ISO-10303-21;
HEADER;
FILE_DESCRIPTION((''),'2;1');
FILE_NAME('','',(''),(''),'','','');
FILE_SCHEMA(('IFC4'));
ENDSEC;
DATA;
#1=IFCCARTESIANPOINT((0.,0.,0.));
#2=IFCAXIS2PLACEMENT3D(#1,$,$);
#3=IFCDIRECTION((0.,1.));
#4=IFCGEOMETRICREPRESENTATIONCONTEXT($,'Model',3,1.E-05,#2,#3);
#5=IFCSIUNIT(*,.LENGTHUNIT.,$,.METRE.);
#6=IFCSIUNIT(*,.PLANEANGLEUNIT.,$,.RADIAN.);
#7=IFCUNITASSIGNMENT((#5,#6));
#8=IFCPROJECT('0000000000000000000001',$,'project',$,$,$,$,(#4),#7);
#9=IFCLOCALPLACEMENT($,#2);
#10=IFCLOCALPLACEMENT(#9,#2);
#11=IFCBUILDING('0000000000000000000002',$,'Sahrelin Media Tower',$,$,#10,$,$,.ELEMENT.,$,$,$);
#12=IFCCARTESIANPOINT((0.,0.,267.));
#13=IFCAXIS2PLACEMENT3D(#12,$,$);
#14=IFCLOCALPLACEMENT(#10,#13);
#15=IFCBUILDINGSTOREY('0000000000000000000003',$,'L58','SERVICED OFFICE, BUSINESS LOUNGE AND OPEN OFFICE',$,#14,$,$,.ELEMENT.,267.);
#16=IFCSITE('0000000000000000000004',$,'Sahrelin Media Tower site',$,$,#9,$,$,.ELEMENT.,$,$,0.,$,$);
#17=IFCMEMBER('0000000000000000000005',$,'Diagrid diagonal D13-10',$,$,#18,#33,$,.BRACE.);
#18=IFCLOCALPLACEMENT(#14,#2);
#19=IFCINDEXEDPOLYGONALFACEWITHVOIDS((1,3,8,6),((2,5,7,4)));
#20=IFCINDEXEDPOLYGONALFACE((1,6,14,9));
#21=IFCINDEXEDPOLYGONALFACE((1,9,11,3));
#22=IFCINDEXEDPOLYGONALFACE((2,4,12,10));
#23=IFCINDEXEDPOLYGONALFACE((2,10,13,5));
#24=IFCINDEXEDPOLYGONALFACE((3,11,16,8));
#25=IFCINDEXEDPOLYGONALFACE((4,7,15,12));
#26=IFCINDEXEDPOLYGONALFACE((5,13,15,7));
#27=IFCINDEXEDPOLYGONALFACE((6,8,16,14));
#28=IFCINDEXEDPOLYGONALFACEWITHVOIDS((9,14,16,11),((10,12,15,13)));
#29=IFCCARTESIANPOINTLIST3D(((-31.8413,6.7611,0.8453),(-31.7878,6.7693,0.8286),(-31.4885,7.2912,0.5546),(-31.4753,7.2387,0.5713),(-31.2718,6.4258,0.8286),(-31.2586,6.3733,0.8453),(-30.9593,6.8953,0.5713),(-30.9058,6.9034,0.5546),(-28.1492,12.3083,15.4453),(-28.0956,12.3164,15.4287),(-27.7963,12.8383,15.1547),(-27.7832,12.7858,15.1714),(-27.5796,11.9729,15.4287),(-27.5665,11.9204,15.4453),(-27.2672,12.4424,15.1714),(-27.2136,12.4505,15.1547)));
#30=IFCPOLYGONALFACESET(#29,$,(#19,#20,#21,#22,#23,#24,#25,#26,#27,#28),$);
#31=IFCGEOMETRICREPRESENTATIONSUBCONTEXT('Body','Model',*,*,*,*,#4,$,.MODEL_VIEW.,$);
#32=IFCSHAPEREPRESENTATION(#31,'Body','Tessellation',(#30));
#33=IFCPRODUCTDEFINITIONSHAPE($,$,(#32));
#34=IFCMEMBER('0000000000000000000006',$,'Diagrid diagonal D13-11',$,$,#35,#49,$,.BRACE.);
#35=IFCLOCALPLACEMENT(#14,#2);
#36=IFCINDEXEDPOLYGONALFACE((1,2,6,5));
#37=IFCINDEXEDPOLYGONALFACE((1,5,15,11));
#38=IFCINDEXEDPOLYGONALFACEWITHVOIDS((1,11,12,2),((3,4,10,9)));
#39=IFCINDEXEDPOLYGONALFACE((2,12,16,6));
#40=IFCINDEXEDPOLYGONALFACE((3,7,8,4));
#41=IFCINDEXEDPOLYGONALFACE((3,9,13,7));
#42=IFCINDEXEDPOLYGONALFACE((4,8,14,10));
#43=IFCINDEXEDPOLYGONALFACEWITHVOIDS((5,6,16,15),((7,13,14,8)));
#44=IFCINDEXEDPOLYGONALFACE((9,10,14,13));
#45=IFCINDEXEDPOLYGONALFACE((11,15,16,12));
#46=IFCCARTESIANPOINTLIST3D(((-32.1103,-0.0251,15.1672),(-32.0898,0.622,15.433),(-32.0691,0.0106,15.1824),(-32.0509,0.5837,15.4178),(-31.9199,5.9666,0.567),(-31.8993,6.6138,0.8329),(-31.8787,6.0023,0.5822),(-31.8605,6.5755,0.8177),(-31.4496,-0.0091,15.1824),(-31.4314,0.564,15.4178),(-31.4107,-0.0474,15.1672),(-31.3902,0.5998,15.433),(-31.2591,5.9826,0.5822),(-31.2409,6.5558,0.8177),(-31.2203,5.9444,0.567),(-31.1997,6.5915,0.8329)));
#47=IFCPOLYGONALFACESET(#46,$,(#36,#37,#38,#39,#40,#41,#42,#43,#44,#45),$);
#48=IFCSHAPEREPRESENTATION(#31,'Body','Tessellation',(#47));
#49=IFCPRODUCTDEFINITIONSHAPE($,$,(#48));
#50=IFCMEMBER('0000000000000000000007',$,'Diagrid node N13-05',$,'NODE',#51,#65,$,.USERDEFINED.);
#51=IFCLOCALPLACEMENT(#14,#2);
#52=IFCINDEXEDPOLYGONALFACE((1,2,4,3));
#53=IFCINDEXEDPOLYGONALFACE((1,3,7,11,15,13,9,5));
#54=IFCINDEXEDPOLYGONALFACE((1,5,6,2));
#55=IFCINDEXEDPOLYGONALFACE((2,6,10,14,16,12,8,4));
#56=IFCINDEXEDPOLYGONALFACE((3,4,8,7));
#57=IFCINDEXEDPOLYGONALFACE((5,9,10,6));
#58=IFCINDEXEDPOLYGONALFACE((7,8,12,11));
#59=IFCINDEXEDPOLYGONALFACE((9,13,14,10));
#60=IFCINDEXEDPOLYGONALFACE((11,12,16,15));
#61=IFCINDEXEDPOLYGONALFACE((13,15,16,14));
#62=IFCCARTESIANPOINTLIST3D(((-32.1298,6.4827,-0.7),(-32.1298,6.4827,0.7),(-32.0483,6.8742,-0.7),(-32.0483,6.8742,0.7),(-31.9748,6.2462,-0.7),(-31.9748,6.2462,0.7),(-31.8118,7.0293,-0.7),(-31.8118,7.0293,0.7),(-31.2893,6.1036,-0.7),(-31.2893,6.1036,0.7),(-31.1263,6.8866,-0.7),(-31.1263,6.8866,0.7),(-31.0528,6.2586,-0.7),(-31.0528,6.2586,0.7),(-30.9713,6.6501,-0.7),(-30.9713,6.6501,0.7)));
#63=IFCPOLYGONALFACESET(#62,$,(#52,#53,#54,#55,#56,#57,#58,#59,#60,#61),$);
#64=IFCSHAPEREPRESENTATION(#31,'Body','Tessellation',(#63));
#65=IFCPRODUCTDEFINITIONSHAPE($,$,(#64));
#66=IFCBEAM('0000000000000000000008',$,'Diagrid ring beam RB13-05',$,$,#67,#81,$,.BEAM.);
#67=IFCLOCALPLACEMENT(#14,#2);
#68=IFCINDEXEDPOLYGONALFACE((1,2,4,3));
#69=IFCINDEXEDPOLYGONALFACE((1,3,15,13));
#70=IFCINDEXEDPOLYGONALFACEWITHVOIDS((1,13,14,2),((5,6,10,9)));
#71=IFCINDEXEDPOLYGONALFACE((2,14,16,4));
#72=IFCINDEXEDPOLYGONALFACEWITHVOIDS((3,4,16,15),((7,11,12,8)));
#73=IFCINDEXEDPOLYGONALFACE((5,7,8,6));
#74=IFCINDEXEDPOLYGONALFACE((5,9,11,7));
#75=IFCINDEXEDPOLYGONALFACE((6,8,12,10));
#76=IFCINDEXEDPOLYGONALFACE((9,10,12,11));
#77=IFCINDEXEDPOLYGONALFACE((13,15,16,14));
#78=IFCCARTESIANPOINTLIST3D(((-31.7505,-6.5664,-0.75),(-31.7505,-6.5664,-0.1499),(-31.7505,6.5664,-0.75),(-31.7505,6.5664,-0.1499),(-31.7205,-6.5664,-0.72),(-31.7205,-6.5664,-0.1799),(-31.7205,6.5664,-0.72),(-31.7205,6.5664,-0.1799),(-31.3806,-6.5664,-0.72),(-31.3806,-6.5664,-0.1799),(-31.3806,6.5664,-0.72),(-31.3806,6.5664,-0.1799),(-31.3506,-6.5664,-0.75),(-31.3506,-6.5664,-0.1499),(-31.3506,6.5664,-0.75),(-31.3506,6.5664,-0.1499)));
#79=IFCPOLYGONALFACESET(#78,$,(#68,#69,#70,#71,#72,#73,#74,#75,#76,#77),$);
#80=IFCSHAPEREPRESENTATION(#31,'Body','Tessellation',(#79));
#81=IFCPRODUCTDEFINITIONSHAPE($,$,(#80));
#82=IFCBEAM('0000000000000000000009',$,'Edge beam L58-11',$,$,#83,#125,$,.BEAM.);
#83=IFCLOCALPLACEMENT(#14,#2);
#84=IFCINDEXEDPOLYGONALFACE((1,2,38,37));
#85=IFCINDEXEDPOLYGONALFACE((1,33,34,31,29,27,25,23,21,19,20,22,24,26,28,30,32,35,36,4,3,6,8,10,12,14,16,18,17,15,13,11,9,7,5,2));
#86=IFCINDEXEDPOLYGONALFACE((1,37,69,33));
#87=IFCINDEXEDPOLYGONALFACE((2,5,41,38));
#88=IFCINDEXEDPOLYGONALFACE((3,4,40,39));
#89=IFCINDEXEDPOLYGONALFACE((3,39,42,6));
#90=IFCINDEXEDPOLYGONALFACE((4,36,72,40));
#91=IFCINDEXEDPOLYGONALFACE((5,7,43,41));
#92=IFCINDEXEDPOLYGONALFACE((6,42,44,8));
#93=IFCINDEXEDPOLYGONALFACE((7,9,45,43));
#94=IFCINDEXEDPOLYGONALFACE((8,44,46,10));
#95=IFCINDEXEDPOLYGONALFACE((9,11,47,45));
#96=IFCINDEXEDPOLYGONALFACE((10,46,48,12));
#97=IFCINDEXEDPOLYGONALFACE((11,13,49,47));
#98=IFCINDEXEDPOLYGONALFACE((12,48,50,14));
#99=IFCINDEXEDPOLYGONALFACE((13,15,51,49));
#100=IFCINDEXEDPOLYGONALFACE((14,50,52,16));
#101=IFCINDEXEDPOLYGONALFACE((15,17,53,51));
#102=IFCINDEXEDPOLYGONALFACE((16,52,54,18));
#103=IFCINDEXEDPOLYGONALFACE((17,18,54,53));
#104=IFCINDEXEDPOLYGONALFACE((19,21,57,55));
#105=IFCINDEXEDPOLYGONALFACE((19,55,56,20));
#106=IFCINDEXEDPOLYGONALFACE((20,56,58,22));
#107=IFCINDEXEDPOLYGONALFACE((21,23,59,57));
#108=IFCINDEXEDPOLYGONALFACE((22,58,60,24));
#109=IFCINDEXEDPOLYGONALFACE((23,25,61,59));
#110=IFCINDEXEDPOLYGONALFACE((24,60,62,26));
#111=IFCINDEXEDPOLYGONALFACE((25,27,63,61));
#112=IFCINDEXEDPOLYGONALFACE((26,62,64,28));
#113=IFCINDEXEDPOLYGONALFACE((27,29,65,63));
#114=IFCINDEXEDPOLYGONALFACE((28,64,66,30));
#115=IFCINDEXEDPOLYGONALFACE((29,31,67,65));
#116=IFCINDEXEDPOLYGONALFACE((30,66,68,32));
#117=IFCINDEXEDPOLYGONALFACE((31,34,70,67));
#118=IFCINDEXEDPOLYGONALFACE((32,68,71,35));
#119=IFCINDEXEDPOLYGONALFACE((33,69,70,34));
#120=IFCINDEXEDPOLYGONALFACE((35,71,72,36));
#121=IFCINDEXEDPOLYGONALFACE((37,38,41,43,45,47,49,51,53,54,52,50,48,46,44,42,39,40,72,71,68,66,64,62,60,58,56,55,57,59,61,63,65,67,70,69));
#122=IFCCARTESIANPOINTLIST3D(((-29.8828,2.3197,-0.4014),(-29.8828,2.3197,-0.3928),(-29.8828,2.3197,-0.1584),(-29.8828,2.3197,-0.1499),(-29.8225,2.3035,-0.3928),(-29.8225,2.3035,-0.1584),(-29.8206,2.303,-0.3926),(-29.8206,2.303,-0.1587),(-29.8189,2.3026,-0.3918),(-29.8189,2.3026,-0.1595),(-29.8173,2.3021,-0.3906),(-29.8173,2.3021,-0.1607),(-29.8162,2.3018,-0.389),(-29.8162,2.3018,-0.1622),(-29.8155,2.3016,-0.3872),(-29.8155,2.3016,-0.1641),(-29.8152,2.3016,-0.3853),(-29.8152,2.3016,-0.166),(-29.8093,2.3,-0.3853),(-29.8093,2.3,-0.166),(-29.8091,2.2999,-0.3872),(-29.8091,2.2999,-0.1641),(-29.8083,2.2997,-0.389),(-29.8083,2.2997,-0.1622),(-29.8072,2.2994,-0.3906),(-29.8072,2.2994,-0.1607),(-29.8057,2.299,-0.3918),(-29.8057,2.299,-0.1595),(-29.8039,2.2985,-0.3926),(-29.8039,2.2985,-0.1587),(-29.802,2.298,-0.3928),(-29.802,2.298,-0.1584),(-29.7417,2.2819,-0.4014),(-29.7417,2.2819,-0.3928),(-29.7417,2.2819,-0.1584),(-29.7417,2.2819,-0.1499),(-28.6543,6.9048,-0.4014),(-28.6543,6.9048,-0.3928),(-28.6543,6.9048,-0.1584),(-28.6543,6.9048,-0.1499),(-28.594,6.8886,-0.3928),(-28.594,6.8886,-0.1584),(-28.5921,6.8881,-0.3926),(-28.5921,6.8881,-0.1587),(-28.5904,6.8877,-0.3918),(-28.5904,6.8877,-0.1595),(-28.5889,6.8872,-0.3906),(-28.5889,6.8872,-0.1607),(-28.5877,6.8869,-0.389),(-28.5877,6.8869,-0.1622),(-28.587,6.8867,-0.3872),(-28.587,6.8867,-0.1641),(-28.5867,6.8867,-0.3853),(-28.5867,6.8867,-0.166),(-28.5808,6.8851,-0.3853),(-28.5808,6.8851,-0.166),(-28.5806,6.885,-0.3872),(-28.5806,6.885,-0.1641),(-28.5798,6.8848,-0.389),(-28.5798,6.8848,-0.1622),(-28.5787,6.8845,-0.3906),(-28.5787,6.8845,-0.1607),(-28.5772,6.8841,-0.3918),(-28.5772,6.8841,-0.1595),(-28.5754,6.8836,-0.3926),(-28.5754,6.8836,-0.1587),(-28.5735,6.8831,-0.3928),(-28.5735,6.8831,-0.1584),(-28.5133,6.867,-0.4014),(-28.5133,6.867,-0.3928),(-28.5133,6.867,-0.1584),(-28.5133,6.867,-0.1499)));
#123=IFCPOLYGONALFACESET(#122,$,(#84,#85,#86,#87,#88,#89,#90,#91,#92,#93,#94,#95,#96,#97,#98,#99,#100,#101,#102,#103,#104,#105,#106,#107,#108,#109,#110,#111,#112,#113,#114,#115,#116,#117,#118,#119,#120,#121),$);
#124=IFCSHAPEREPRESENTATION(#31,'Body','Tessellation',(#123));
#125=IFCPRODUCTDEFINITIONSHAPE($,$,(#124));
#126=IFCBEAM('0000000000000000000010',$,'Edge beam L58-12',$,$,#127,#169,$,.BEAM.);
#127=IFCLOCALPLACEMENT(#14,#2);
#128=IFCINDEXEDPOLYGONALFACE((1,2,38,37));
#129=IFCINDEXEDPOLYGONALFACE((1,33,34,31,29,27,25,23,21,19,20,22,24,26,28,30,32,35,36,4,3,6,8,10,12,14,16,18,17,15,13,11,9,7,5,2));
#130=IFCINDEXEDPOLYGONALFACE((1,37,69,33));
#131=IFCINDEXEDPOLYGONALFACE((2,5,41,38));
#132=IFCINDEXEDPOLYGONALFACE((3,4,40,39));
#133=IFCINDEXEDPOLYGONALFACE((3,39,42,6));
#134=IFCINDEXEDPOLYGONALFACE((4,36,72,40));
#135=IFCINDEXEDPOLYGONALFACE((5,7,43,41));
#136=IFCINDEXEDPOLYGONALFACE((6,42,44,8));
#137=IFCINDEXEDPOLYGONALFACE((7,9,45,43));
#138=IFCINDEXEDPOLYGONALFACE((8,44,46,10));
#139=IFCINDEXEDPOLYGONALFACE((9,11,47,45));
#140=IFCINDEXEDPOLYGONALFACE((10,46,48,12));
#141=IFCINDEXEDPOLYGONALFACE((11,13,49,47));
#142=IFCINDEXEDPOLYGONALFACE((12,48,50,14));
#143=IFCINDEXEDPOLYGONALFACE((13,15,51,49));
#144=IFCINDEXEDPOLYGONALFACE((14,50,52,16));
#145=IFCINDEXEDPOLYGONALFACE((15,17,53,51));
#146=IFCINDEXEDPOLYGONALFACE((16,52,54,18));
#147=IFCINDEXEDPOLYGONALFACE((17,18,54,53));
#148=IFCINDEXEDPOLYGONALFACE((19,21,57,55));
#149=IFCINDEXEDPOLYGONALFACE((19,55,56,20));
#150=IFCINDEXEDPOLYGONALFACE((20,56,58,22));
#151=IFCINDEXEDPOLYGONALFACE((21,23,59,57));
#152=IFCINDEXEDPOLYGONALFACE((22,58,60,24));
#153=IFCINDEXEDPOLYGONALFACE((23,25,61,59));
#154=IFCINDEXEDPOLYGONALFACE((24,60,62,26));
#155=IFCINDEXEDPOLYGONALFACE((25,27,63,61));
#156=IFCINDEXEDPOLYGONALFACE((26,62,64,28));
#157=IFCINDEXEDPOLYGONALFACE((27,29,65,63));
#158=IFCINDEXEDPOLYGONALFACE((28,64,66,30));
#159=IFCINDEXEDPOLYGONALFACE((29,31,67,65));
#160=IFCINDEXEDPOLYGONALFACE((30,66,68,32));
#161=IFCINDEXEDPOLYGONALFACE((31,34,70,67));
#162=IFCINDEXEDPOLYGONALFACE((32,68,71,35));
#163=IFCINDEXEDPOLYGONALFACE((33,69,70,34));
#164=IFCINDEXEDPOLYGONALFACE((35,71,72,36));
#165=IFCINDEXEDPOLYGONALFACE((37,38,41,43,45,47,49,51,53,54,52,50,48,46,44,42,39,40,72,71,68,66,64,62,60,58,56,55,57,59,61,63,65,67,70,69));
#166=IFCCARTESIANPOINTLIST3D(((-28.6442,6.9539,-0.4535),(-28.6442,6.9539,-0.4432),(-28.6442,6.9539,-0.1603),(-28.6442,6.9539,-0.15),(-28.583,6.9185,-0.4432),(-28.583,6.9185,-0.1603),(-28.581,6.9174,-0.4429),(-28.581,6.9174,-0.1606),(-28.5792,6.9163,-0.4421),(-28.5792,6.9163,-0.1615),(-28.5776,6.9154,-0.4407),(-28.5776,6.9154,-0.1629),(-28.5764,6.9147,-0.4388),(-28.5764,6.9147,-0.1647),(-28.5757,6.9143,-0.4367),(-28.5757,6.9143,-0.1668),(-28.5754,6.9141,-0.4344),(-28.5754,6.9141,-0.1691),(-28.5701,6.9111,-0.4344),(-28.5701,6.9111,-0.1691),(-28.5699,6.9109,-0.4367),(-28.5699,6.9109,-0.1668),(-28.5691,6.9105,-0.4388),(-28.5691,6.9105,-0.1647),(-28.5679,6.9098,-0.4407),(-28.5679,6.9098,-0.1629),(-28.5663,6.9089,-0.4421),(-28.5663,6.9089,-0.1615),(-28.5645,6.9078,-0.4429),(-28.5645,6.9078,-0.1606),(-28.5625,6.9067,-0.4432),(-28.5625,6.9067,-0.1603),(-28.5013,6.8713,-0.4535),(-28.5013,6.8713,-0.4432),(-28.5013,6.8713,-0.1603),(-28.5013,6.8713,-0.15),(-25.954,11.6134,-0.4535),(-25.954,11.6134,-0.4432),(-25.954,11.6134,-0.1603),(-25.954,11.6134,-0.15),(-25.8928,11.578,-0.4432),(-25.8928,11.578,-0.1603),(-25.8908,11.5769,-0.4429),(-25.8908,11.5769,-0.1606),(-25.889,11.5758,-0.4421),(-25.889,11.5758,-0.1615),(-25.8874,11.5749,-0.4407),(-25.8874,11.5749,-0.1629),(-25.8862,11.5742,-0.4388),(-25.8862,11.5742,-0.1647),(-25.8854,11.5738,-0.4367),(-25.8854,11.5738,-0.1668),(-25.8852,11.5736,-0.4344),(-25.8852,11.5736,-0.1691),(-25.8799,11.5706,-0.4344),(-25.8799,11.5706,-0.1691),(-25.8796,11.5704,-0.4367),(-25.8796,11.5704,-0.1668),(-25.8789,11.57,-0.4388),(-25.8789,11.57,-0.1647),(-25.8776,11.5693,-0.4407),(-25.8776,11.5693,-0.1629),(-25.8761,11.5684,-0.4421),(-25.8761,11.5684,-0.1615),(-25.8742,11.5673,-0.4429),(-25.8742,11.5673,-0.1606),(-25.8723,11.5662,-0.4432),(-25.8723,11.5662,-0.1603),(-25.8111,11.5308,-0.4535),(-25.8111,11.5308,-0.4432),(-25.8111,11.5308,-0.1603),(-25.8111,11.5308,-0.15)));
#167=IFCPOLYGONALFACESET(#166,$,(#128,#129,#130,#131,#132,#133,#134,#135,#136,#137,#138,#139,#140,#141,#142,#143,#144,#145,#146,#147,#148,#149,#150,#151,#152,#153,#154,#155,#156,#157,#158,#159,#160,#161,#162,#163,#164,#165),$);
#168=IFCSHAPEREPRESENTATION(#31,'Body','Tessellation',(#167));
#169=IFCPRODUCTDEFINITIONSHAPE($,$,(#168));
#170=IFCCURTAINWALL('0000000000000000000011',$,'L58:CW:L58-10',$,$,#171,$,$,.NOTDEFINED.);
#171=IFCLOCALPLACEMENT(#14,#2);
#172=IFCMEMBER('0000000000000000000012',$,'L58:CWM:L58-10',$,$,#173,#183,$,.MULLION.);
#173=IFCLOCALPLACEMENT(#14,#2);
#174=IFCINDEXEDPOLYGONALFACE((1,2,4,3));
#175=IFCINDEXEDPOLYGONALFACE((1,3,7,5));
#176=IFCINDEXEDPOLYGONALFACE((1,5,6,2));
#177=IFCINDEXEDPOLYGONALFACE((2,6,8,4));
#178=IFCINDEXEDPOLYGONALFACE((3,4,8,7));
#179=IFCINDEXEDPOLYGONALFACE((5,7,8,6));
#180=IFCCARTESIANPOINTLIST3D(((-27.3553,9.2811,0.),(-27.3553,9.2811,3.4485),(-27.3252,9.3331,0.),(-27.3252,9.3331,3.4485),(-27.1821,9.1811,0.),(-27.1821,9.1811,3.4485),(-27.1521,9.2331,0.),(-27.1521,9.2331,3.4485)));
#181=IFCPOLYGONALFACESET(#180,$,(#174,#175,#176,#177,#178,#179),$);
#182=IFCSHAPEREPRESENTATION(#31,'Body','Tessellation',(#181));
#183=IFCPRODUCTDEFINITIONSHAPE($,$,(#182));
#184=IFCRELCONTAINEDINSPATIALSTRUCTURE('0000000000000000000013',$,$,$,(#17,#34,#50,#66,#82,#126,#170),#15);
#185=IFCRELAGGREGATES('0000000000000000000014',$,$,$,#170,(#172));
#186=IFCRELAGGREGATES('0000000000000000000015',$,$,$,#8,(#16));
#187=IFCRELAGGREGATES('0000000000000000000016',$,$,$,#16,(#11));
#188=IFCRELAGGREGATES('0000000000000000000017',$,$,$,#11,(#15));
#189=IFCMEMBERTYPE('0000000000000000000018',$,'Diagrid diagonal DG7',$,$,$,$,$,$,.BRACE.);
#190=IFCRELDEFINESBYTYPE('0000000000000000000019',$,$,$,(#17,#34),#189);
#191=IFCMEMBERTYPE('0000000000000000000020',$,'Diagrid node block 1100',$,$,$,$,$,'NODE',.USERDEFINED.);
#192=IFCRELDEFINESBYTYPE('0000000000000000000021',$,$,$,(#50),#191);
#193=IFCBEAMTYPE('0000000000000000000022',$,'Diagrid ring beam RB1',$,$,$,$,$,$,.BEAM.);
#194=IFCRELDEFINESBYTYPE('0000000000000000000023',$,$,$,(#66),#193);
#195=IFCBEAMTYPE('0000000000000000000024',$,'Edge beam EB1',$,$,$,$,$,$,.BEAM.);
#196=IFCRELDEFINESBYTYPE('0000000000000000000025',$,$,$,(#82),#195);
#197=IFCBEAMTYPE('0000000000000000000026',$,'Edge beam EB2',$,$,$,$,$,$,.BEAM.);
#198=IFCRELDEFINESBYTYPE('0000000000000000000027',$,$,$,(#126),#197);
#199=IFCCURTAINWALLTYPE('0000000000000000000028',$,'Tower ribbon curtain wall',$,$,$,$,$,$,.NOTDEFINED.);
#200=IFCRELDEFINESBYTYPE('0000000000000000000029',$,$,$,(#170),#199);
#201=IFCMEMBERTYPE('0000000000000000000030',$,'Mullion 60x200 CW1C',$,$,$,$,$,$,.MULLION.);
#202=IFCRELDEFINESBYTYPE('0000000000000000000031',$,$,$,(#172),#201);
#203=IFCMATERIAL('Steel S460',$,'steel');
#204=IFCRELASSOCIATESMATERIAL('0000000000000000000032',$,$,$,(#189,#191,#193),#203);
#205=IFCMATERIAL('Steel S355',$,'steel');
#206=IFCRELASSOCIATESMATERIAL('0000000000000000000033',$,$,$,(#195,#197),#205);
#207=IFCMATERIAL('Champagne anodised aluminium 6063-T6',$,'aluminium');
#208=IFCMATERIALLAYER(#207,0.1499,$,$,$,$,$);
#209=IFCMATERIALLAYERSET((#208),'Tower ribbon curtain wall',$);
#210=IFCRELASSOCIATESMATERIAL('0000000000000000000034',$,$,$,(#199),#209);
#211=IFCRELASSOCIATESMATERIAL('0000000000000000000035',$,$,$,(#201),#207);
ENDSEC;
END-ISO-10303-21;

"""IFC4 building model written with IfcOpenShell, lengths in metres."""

from ifc_helpers import new_model, si_unit, direction, frame, origin, origin_2d, place, context, subcontext, project, spatial, polyline, rectangle, hollow_rectangle, i_section, outline, extrude, material, layer, layer_set, material_profile, profile_set, type_object, element, aggregate, save


model = new_model("IFC4")

# Units and contexts
model_context = context("Model", 3, precision=1e-05, world=origin(), true_north=direction((0.0, 1.0)))
body_context = subcontext(model_context, "Body", "Model", "MODEL_VIEW")
ifc_project = project(units=[si_unit("LENGTHUNIT", "METRE"), si_unit("PLANEANGLEUNIT", "RADIAN")], contexts=[model_context])

# Site, building, storey
site_placement = place(None, origin())
site = spatial("IfcSite", under=ifc_project, at=site_placement, Name="Sahrelin Media Tower site", CompositionType="ELEMENT", RefElevation=0.0)
building_placement = place(site_placement, origin())
building = spatial("IfcBuilding", under=site, at=building_placement, Name="Sahrelin Media Tower", CompositionType="ELEMENT")
storey_placement = place(building_placement, frame((0.0, 0.0, 267.0)))
storey = spatial("IfcBuildingStorey", under=building, at=storey_placement, Name="L58", Description="SERVICED OFFICE, BUSINESS LOUNGE AND OPEN OFFICE", CompositionType="ELEMENT", Elevation=267.0)

# Members
ifc_material_1 = material(Name="Steel S460", Category="steel")
ifc_material_profile_1 = material_profile(ifc_material_1, hollow_rectangle(XDim=0.7, YDim=0.7, WallThickness=0.04, at=origin_2d()), Name="Diagrid diagonal DG7")
ifc_profile_set_1 = profile_set([ifc_material_profile_1], Name="Steel S460")
member_type_1 = type_object("IfcMemberType", Name="Diagrid diagonal DG7", PredefinedType="BRACE", material=ifc_profile_set_1)
member_1_placement = place(storey_placement, frame((-31.3735, 6.8323, 0.7), z_axis=(0.230056, 0.34564, 0.909729), x_axis=(-0.832462, 0.554083, 0.0)))
element("IfcMember", 1, at=member_1_placement, inside=storey, type_object=member_type_1, Name="Diagrid diagonal D13-10", PredefinedType="BRACE", context=body_context, shape_type="SweptSolid", body=[
    extrude(hollow_rectangle(XDim=0.7, YDim=0.7, WallThickness=0.04, at=origin_2d()), origin(), (0.0, 0.0, 1.0), 16.0488),
])
member_2_placement = place(storey_placement, frame((-31.5598, 6.2791, 0.7), z_axis=(-0.012066, -0.379633, 0.925059), x_axis=(0.999495, -0.031766, 0.0)))
element("IfcMember", 2, at=member_2_placement, inside=storey, type_object=member_type_1, Name="Diagrid diagonal D13-11", PredefinedType="BRACE", context=body_context, shape_type="SweptSolid", body=[
    extrude(hollow_rectangle(XDim=0.7, YDim=0.7, WallThickness=0.04, at=origin_2d()), origin(), (0.0, 0.0, 1.0), 15.783),
])
ifc_material_profile_2 = material_profile(ifc_material_1, outline(polyline([(0.3501, -0.3999), (0.55, -0.2), (0.55, 0.2), (0.3501, 0.3999), (-0.3501, 0.3999), (-0.55, 0.2), (-0.55, -0.2), (-0.3501, -0.3999), (0.3501, -0.3999)])), Name="Diagrid node block 1100")
ifc_profile_set_2 = profile_set([ifc_material_profile_2], Name="Steel S460")
member_type_2 = type_object("IfcMemberType", Name="Diagrid node block 1100", ElementType="NODE", PredefinedType="USERDEFINED", material=ifc_profile_set_2)
member_3_placement = place(storey_placement, frame((-31.5505, 6.5664, -0.7), z_axis=(0.0, 0.0, 1.0), x_axis=(-0.979022, 0.203755, 0.0)))
element("IfcMember", 3, at=member_3_placement, inside=storey, type_object=member_type_2, Name="Diagrid node N13-05", ObjectType="NODE", PredefinedType="USERDEFINED", context=body_context, shape_type="SweptSolid", body=[
    extrude(outline(polyline([(0.3501, -0.3999), (0.55, -0.2), (0.55, 0.2), (0.3501, 0.3999), (-0.3501, 0.3999), (-0.55, 0.2), (-0.55, -0.2), (-0.3501, -0.3999), (0.3501, -0.3999)])), origin(), (0.0, 0.0, 1.0), 1.3999),
])

# Beams
ifc_material_profile_3 = material_profile(ifc_material_1, hollow_rectangle(XDim=0.3999, YDim=0.6001, WallThickness=0.03, at=origin_2d()), Name="Diagrid ring beam RB1")
ifc_profile_set_3 = profile_set([ifc_material_profile_3], Name="Steel S460")
beam_type_1 = type_object("IfcBeamType", Name="Diagrid ring beam RB1", PredefinedType="BEAM", material=ifc_profile_set_3)
beam_1_placement = place(storey_placement, frame((-31.5505, 6.5664, -0.45), z_axis=(0.0, -1.0, 0.0), x_axis=(1.0, 0.0, 0.0)))
element("IfcBeam", 4, at=beam_1_placement, inside=storey, type_object=beam_type_1, Name="Diagrid ring beam RB13-05", PredefinedType="BEAM", context=body_context, shape_type="SweptSolid", body=[
    extrude(hollow_rectangle(XDim=0.3999, YDim=0.6001, WallThickness=0.03, at=origin_2d()), origin(), (0.0, 0.0, 1.0), 13.1328),
])
ifc_material_2 = material(Name="Steel S355", Category="steel")
ifc_material_profile_4 = material_profile(ifc_material_2, i_section(OverallWidth=0.146, OverallDepth=0.2515, WebThickness=0.0061, FlangeThickness=0.0085, FilletRadius=0.0076, at=origin_2d()), Name="UB 254x146x31")
ifc_profile_set_4 = profile_set([ifc_material_profile_4], Name="Steel S355")
beam_type_2 = type_object("IfcBeamType", Name="Edge beam EB1", PredefinedType="BEAM", material=ifc_profile_set_4)
beam_2_placement = place(storey_placement, frame((-29.8123, 2.3008, -0.2756), z_axis=(0.258802, 0.96593, 0.0), x_axis=(-0.96593, 0.258802, 0.0)))
element("IfcBeam", 5, at=beam_2_placement, inside=storey, type_object=beam_type_2, Name="Edge beam L58-11", PredefinedType="BEAM", context=body_context, shape_type="SweptSolid", body=[
    extrude(i_section(OverallWidth=0.146, OverallDepth=0.2515, WebThickness=0.0061, FlangeThickness=0.0085, FilletRadius=0.0076, at=origin_2d()), origin(), (0.0, 0.0, 1.0), 4.7468),
])
ifc_material_profile_5 = material_profile(ifc_material_2, i_section(OverallWidth=0.165, OverallDepth=0.3035, WebThickness=0.0061, FlangeThickness=0.0103, FilletRadius=0.0088, at=origin_2d()), Name="UB 305x165x40")
ifc_profile_set_5 = profile_set([ifc_material_profile_5], Name="Steel S355")
beam_type_3 = type_object("IfcBeamType", Name="Edge beam EB2", PredefinedType="BEAM", material=ifc_profile_set_5)
beam_3_placement = place(storey_placement, frame((-28.5728, 6.9126, -0.3018), z_axis=(0.500009, 0.86602, 0.0), x_axis=(-0.86602, 0.500009, 0.0)))
element("IfcBeam", 6, at=beam_3_placement, inside=storey, type_object=beam_type_3, Name="Edge beam L58-12", PredefinedType="BEAM", context=body_context, shape_type="SweptSolid", body=[
    extrude(i_section(OverallWidth=0.165, OverallDepth=0.3035, WebThickness=0.0061, FlangeThickness=0.0103, FilletRadius=0.0088, at=origin_2d()), origin(), (0.0, 0.0, 1.0), 5.3804),
])

# Curtain wall, member
ifc_material_3 = material(Name="Champagne anodised aluminium 6063-T6", Category="aluminium")
ifc_layer_1 = layer(ifc_material_3, 0.1499)
ifc_layer_set_1 = layer_set([ifc_layer_1], Name="Tower ribbon curtain wall")
curtain_wall_type = type_object("IfcCurtainWallType", Name="Tower ribbon curtain wall", PredefinedType="NOTDEFINED", material=ifc_layer_set_1)
curtain_wall_1_placement = place(storey_placement, frame((-27.3577, 9.3171, 0.0), z_axis=(0.0, 0.0, 1.0), x_axis=(1.0, 0.0, 0.0)))
curtain_wall_1 = element("IfcCurtainWall", 7, at=curtain_wall_1_placement, inside=storey, type_object=curtain_wall_type, Name="L58:CW:L58-10", PredefinedType="NOTDEFINED")
ifc_material_profile_6 = material_profile(ifc_material_3, rectangle(XDim=0.0601, YDim=0.2, at=origin_2d()), Name="Mullion 60x200")
ifc_profile_set_6 = profile_set([ifc_material_profile_6], Name="Champagne anodised aluminium 6063-T6")
member_type_3 = type_object("IfcMemberType", Name="Mullion 60x200 CW1C", PredefinedType="MULLION", material=ifc_profile_set_6)
member_4_placement = place(storey_placement, frame((-27.2537, 9.2571, 0.0), z_axis=(0.0, 0.0, 1.0), x_axis=(-0.500008, -0.866021, 0.0)))
member_4 = element("IfcMember", 8, at=member_4_placement, type_object=member_type_3, Name="L58:CWM:L58-10", PredefinedType="MULLION", context=body_context, shape_type="SweptSolid", body=[
    extrude(rectangle(XDim=0.0601, YDim=0.2, at=origin_2d()), origin(), (0.0, 0.0, 1.0), 3.4485),
])
aggregate(curtain_wall_1, [member_4])

save(model, "model.ifc")
